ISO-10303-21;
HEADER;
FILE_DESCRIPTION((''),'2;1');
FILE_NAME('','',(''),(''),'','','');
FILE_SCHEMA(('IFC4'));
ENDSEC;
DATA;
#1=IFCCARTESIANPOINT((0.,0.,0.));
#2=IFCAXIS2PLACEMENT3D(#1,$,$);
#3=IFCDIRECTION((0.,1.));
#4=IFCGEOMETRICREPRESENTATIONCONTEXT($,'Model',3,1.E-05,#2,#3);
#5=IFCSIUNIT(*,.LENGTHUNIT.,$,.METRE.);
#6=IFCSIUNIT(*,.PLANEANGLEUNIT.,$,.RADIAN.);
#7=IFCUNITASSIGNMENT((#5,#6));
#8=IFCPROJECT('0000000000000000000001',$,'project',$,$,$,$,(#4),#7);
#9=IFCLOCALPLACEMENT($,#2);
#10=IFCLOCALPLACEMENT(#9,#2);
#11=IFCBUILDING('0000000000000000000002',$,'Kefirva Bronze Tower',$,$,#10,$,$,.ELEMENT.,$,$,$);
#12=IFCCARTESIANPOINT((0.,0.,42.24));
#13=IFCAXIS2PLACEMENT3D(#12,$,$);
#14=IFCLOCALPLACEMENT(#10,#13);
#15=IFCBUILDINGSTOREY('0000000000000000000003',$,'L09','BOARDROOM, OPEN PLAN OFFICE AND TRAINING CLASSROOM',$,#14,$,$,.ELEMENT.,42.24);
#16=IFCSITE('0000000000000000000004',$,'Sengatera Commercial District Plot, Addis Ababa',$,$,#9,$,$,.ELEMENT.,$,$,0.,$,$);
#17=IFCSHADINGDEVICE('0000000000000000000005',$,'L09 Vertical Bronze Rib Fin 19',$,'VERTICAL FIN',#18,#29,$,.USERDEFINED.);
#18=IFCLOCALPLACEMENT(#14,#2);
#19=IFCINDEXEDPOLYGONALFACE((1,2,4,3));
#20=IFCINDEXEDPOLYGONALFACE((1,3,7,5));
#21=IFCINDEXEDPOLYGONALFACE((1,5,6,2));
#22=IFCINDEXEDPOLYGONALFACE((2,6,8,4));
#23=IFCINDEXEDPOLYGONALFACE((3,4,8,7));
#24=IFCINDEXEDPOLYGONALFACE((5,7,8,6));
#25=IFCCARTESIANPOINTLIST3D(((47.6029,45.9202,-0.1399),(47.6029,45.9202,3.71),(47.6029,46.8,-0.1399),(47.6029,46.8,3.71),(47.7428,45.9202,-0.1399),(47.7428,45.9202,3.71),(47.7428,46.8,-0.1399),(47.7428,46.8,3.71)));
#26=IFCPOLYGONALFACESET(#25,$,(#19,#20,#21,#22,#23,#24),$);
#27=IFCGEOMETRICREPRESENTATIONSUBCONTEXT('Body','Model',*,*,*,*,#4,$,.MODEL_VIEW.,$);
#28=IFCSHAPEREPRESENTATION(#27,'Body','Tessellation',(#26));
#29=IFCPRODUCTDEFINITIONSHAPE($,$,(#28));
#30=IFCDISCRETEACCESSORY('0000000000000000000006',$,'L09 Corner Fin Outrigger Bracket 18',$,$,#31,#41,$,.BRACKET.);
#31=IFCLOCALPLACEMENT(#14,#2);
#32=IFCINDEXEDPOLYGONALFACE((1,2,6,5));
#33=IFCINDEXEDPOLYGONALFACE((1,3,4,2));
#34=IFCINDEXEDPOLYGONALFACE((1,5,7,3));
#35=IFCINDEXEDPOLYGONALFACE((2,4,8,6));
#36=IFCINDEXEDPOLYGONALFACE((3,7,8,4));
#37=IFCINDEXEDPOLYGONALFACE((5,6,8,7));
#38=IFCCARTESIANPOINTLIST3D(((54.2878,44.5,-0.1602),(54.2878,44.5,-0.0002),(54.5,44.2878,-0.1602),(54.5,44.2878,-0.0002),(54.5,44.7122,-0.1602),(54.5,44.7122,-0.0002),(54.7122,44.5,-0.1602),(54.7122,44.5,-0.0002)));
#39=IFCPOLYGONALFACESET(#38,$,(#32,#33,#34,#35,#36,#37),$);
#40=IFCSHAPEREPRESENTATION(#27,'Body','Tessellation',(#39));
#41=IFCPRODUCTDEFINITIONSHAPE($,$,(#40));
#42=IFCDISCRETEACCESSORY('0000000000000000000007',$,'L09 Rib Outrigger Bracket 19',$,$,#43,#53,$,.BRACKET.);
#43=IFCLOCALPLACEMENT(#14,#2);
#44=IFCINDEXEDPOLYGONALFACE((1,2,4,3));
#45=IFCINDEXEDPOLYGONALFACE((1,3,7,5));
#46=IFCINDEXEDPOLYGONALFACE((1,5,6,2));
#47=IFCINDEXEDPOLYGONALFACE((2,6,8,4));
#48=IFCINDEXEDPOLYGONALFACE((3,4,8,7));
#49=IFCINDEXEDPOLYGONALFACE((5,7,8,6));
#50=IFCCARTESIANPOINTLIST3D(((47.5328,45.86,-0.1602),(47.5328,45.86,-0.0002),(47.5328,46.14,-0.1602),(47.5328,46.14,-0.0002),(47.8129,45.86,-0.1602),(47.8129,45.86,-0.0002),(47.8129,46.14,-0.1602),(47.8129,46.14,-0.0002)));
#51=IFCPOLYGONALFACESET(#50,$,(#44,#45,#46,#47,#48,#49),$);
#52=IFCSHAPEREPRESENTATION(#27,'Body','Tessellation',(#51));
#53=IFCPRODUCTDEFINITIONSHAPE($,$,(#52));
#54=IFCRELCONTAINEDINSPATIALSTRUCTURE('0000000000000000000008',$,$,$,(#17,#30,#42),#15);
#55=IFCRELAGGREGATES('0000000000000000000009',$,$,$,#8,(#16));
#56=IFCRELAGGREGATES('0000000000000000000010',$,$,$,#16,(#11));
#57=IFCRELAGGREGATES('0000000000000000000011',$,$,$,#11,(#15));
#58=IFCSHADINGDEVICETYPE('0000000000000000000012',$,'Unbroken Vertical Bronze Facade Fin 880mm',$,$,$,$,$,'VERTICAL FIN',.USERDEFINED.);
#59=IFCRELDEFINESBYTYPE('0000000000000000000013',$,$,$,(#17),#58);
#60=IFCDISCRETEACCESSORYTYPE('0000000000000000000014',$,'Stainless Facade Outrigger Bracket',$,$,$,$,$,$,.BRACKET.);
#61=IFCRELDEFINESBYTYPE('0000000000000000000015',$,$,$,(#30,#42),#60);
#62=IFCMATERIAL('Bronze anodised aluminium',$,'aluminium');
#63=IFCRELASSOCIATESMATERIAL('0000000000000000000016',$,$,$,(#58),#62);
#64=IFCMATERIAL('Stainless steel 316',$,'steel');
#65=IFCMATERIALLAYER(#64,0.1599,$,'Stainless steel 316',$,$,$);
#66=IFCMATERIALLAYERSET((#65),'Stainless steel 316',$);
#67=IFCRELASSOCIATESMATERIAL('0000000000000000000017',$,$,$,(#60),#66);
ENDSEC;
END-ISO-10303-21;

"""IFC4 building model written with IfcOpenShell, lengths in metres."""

from ifc_helpers import new_model, si_unit, direction, frame, origin, origin_2d, place, context, subcontext, project, spatial, rectangle, extrude, material, layer, layer_set, material_profile, profile_set, type_object, element, save


model = new_model("IFC4")

# Units and contexts
model_context = context("Model", 3, precision=1e-05, world=origin(), true_north=direction((0.0, 1.0)))
body_context = subcontext(model_context, "Body", "Model", "MODEL_VIEW")
ifc_project = project(units=[si_unit("LENGTHUNIT", "METRE"), si_unit("PLANEANGLEUNIT", "RADIAN")], contexts=[model_context])

# Site, building, storey
site_placement = place(None, origin())
site = spatial("IfcSite", under=ifc_project, at=site_placement, Name="Sengatera Commercial District Plot, Addis Ababa", CompositionType="ELEMENT", RefElevation=0.0)
building_placement = place(site_placement, origin())
building = spatial("IfcBuilding", under=site, at=building_placement, Name="Kefirva Bronze Tower", CompositionType="ELEMENT")
storey_placement = place(building_placement, frame((0.0, 0.0, 42.24)))
storey = spatial("IfcBuildingStorey", under=building, at=storey_placement, Name="L09", Description="BOARDROOM, OPEN PLAN OFFICE AND TRAINING CLASSROOM", CompositionType="ELEMENT", Elevation=42.24)

# Shared definitions
ifc_material_1 = material(Name="Bronze anodised aluminium", Category="aluminium")

# Shading device
ifc_material_profile_1 = material_profile(ifc_material_1, rectangle(XDim=0.1399, YDim=0.8799, at=origin_2d()), Name="BRONZE FIN 140x880")
ifc_profile_set_1 = profile_set([ifc_material_profile_1], Name="Bronze anodised aluminium")
shading_device_type_1 = type_object("IfcShadingDeviceType", Name="Unbroken Vertical Bronze Facade Fin 880mm", ElementType="VERTICAL FIN", PredefinedType="USERDEFINED", material=ifc_profile_set_1)
shading_device_1_placement = place(storey_placement, frame((47.6729, 46.3601, -0.1399), z_axis=(0.0, 0.0, 1.0), x_axis=(-1.0, 0.0, 0.0)))
element("IfcShadingDevice", 1, at=shading_device_1_placement, inside=storey, type_object=shading_device_type_1, Name="L09 Vertical Bronze Rib Fin 19", ObjectType="VERTICAL FIN", PredefinedType="USERDEFINED", context=body_context, shape_type="SweptSolid", body=[
    extrude(rectangle(XDim=0.1399, YDim=0.8799, at=origin_2d()), origin(), (0.0, 0.0, 1.0), 3.8499),
])

# Discrete accessories
ifc_material_2 = material(Name="Stainless steel 316", Category="steel")
ifc_layer_1 = layer(ifc_material_2, 0.1599, Name="Stainless steel 316")
ifc_layer_set_1 = layer_set([ifc_layer_1], Name="Stainless steel 316")
discrete_accessory_type = type_object("IfcDiscreteAccessoryType", Name="Stainless Facade Outrigger Bracket", PredefinedType="BRACKET", material=ifc_layer_set_1)
discrete_accessory_1_placement = place(storey_placement, frame((54.5, 44.5, -0.1602), z_axis=(0.0, 0.0, 1.0), x_axis=(-0.707107, 0.707107, 0.0)))
element("IfcDiscreteAccessory", 2, at=discrete_accessory_1_placement, inside=storey, type_object=discrete_accessory_type, Name="L09 Corner Fin Outrigger Bracket 18", PredefinedType="BRACKET", context=body_context, shape_type="SweptSolid", body=[
    extrude(rectangle(XDim=0.3, YDim=0.3, at=origin_2d()), origin(), (0.0, 0.0, 1.0), 0.1599),
])
discrete_accessory_2_placement = place(storey_placement, frame((47.6729, 46.0, -0.1602), z_axis=(0.0, 0.0, 1.0), x_axis=(-1.0, 0.0, 0.0)))
element("IfcDiscreteAccessory", 3, at=discrete_accessory_2_placement, inside=storey, type_object=discrete_accessory_type, Name="L09 Rib Outrigger Bracket 19", PredefinedType="BRACKET", context=body_context, shape_type="SweptSolid", body=[
    extrude(rectangle(XDim=0.28, YDim=0.28, at=origin_2d()), origin(), (0.0, 0.0, 1.0), 0.1599),
])

save(model, "model.ifc")
